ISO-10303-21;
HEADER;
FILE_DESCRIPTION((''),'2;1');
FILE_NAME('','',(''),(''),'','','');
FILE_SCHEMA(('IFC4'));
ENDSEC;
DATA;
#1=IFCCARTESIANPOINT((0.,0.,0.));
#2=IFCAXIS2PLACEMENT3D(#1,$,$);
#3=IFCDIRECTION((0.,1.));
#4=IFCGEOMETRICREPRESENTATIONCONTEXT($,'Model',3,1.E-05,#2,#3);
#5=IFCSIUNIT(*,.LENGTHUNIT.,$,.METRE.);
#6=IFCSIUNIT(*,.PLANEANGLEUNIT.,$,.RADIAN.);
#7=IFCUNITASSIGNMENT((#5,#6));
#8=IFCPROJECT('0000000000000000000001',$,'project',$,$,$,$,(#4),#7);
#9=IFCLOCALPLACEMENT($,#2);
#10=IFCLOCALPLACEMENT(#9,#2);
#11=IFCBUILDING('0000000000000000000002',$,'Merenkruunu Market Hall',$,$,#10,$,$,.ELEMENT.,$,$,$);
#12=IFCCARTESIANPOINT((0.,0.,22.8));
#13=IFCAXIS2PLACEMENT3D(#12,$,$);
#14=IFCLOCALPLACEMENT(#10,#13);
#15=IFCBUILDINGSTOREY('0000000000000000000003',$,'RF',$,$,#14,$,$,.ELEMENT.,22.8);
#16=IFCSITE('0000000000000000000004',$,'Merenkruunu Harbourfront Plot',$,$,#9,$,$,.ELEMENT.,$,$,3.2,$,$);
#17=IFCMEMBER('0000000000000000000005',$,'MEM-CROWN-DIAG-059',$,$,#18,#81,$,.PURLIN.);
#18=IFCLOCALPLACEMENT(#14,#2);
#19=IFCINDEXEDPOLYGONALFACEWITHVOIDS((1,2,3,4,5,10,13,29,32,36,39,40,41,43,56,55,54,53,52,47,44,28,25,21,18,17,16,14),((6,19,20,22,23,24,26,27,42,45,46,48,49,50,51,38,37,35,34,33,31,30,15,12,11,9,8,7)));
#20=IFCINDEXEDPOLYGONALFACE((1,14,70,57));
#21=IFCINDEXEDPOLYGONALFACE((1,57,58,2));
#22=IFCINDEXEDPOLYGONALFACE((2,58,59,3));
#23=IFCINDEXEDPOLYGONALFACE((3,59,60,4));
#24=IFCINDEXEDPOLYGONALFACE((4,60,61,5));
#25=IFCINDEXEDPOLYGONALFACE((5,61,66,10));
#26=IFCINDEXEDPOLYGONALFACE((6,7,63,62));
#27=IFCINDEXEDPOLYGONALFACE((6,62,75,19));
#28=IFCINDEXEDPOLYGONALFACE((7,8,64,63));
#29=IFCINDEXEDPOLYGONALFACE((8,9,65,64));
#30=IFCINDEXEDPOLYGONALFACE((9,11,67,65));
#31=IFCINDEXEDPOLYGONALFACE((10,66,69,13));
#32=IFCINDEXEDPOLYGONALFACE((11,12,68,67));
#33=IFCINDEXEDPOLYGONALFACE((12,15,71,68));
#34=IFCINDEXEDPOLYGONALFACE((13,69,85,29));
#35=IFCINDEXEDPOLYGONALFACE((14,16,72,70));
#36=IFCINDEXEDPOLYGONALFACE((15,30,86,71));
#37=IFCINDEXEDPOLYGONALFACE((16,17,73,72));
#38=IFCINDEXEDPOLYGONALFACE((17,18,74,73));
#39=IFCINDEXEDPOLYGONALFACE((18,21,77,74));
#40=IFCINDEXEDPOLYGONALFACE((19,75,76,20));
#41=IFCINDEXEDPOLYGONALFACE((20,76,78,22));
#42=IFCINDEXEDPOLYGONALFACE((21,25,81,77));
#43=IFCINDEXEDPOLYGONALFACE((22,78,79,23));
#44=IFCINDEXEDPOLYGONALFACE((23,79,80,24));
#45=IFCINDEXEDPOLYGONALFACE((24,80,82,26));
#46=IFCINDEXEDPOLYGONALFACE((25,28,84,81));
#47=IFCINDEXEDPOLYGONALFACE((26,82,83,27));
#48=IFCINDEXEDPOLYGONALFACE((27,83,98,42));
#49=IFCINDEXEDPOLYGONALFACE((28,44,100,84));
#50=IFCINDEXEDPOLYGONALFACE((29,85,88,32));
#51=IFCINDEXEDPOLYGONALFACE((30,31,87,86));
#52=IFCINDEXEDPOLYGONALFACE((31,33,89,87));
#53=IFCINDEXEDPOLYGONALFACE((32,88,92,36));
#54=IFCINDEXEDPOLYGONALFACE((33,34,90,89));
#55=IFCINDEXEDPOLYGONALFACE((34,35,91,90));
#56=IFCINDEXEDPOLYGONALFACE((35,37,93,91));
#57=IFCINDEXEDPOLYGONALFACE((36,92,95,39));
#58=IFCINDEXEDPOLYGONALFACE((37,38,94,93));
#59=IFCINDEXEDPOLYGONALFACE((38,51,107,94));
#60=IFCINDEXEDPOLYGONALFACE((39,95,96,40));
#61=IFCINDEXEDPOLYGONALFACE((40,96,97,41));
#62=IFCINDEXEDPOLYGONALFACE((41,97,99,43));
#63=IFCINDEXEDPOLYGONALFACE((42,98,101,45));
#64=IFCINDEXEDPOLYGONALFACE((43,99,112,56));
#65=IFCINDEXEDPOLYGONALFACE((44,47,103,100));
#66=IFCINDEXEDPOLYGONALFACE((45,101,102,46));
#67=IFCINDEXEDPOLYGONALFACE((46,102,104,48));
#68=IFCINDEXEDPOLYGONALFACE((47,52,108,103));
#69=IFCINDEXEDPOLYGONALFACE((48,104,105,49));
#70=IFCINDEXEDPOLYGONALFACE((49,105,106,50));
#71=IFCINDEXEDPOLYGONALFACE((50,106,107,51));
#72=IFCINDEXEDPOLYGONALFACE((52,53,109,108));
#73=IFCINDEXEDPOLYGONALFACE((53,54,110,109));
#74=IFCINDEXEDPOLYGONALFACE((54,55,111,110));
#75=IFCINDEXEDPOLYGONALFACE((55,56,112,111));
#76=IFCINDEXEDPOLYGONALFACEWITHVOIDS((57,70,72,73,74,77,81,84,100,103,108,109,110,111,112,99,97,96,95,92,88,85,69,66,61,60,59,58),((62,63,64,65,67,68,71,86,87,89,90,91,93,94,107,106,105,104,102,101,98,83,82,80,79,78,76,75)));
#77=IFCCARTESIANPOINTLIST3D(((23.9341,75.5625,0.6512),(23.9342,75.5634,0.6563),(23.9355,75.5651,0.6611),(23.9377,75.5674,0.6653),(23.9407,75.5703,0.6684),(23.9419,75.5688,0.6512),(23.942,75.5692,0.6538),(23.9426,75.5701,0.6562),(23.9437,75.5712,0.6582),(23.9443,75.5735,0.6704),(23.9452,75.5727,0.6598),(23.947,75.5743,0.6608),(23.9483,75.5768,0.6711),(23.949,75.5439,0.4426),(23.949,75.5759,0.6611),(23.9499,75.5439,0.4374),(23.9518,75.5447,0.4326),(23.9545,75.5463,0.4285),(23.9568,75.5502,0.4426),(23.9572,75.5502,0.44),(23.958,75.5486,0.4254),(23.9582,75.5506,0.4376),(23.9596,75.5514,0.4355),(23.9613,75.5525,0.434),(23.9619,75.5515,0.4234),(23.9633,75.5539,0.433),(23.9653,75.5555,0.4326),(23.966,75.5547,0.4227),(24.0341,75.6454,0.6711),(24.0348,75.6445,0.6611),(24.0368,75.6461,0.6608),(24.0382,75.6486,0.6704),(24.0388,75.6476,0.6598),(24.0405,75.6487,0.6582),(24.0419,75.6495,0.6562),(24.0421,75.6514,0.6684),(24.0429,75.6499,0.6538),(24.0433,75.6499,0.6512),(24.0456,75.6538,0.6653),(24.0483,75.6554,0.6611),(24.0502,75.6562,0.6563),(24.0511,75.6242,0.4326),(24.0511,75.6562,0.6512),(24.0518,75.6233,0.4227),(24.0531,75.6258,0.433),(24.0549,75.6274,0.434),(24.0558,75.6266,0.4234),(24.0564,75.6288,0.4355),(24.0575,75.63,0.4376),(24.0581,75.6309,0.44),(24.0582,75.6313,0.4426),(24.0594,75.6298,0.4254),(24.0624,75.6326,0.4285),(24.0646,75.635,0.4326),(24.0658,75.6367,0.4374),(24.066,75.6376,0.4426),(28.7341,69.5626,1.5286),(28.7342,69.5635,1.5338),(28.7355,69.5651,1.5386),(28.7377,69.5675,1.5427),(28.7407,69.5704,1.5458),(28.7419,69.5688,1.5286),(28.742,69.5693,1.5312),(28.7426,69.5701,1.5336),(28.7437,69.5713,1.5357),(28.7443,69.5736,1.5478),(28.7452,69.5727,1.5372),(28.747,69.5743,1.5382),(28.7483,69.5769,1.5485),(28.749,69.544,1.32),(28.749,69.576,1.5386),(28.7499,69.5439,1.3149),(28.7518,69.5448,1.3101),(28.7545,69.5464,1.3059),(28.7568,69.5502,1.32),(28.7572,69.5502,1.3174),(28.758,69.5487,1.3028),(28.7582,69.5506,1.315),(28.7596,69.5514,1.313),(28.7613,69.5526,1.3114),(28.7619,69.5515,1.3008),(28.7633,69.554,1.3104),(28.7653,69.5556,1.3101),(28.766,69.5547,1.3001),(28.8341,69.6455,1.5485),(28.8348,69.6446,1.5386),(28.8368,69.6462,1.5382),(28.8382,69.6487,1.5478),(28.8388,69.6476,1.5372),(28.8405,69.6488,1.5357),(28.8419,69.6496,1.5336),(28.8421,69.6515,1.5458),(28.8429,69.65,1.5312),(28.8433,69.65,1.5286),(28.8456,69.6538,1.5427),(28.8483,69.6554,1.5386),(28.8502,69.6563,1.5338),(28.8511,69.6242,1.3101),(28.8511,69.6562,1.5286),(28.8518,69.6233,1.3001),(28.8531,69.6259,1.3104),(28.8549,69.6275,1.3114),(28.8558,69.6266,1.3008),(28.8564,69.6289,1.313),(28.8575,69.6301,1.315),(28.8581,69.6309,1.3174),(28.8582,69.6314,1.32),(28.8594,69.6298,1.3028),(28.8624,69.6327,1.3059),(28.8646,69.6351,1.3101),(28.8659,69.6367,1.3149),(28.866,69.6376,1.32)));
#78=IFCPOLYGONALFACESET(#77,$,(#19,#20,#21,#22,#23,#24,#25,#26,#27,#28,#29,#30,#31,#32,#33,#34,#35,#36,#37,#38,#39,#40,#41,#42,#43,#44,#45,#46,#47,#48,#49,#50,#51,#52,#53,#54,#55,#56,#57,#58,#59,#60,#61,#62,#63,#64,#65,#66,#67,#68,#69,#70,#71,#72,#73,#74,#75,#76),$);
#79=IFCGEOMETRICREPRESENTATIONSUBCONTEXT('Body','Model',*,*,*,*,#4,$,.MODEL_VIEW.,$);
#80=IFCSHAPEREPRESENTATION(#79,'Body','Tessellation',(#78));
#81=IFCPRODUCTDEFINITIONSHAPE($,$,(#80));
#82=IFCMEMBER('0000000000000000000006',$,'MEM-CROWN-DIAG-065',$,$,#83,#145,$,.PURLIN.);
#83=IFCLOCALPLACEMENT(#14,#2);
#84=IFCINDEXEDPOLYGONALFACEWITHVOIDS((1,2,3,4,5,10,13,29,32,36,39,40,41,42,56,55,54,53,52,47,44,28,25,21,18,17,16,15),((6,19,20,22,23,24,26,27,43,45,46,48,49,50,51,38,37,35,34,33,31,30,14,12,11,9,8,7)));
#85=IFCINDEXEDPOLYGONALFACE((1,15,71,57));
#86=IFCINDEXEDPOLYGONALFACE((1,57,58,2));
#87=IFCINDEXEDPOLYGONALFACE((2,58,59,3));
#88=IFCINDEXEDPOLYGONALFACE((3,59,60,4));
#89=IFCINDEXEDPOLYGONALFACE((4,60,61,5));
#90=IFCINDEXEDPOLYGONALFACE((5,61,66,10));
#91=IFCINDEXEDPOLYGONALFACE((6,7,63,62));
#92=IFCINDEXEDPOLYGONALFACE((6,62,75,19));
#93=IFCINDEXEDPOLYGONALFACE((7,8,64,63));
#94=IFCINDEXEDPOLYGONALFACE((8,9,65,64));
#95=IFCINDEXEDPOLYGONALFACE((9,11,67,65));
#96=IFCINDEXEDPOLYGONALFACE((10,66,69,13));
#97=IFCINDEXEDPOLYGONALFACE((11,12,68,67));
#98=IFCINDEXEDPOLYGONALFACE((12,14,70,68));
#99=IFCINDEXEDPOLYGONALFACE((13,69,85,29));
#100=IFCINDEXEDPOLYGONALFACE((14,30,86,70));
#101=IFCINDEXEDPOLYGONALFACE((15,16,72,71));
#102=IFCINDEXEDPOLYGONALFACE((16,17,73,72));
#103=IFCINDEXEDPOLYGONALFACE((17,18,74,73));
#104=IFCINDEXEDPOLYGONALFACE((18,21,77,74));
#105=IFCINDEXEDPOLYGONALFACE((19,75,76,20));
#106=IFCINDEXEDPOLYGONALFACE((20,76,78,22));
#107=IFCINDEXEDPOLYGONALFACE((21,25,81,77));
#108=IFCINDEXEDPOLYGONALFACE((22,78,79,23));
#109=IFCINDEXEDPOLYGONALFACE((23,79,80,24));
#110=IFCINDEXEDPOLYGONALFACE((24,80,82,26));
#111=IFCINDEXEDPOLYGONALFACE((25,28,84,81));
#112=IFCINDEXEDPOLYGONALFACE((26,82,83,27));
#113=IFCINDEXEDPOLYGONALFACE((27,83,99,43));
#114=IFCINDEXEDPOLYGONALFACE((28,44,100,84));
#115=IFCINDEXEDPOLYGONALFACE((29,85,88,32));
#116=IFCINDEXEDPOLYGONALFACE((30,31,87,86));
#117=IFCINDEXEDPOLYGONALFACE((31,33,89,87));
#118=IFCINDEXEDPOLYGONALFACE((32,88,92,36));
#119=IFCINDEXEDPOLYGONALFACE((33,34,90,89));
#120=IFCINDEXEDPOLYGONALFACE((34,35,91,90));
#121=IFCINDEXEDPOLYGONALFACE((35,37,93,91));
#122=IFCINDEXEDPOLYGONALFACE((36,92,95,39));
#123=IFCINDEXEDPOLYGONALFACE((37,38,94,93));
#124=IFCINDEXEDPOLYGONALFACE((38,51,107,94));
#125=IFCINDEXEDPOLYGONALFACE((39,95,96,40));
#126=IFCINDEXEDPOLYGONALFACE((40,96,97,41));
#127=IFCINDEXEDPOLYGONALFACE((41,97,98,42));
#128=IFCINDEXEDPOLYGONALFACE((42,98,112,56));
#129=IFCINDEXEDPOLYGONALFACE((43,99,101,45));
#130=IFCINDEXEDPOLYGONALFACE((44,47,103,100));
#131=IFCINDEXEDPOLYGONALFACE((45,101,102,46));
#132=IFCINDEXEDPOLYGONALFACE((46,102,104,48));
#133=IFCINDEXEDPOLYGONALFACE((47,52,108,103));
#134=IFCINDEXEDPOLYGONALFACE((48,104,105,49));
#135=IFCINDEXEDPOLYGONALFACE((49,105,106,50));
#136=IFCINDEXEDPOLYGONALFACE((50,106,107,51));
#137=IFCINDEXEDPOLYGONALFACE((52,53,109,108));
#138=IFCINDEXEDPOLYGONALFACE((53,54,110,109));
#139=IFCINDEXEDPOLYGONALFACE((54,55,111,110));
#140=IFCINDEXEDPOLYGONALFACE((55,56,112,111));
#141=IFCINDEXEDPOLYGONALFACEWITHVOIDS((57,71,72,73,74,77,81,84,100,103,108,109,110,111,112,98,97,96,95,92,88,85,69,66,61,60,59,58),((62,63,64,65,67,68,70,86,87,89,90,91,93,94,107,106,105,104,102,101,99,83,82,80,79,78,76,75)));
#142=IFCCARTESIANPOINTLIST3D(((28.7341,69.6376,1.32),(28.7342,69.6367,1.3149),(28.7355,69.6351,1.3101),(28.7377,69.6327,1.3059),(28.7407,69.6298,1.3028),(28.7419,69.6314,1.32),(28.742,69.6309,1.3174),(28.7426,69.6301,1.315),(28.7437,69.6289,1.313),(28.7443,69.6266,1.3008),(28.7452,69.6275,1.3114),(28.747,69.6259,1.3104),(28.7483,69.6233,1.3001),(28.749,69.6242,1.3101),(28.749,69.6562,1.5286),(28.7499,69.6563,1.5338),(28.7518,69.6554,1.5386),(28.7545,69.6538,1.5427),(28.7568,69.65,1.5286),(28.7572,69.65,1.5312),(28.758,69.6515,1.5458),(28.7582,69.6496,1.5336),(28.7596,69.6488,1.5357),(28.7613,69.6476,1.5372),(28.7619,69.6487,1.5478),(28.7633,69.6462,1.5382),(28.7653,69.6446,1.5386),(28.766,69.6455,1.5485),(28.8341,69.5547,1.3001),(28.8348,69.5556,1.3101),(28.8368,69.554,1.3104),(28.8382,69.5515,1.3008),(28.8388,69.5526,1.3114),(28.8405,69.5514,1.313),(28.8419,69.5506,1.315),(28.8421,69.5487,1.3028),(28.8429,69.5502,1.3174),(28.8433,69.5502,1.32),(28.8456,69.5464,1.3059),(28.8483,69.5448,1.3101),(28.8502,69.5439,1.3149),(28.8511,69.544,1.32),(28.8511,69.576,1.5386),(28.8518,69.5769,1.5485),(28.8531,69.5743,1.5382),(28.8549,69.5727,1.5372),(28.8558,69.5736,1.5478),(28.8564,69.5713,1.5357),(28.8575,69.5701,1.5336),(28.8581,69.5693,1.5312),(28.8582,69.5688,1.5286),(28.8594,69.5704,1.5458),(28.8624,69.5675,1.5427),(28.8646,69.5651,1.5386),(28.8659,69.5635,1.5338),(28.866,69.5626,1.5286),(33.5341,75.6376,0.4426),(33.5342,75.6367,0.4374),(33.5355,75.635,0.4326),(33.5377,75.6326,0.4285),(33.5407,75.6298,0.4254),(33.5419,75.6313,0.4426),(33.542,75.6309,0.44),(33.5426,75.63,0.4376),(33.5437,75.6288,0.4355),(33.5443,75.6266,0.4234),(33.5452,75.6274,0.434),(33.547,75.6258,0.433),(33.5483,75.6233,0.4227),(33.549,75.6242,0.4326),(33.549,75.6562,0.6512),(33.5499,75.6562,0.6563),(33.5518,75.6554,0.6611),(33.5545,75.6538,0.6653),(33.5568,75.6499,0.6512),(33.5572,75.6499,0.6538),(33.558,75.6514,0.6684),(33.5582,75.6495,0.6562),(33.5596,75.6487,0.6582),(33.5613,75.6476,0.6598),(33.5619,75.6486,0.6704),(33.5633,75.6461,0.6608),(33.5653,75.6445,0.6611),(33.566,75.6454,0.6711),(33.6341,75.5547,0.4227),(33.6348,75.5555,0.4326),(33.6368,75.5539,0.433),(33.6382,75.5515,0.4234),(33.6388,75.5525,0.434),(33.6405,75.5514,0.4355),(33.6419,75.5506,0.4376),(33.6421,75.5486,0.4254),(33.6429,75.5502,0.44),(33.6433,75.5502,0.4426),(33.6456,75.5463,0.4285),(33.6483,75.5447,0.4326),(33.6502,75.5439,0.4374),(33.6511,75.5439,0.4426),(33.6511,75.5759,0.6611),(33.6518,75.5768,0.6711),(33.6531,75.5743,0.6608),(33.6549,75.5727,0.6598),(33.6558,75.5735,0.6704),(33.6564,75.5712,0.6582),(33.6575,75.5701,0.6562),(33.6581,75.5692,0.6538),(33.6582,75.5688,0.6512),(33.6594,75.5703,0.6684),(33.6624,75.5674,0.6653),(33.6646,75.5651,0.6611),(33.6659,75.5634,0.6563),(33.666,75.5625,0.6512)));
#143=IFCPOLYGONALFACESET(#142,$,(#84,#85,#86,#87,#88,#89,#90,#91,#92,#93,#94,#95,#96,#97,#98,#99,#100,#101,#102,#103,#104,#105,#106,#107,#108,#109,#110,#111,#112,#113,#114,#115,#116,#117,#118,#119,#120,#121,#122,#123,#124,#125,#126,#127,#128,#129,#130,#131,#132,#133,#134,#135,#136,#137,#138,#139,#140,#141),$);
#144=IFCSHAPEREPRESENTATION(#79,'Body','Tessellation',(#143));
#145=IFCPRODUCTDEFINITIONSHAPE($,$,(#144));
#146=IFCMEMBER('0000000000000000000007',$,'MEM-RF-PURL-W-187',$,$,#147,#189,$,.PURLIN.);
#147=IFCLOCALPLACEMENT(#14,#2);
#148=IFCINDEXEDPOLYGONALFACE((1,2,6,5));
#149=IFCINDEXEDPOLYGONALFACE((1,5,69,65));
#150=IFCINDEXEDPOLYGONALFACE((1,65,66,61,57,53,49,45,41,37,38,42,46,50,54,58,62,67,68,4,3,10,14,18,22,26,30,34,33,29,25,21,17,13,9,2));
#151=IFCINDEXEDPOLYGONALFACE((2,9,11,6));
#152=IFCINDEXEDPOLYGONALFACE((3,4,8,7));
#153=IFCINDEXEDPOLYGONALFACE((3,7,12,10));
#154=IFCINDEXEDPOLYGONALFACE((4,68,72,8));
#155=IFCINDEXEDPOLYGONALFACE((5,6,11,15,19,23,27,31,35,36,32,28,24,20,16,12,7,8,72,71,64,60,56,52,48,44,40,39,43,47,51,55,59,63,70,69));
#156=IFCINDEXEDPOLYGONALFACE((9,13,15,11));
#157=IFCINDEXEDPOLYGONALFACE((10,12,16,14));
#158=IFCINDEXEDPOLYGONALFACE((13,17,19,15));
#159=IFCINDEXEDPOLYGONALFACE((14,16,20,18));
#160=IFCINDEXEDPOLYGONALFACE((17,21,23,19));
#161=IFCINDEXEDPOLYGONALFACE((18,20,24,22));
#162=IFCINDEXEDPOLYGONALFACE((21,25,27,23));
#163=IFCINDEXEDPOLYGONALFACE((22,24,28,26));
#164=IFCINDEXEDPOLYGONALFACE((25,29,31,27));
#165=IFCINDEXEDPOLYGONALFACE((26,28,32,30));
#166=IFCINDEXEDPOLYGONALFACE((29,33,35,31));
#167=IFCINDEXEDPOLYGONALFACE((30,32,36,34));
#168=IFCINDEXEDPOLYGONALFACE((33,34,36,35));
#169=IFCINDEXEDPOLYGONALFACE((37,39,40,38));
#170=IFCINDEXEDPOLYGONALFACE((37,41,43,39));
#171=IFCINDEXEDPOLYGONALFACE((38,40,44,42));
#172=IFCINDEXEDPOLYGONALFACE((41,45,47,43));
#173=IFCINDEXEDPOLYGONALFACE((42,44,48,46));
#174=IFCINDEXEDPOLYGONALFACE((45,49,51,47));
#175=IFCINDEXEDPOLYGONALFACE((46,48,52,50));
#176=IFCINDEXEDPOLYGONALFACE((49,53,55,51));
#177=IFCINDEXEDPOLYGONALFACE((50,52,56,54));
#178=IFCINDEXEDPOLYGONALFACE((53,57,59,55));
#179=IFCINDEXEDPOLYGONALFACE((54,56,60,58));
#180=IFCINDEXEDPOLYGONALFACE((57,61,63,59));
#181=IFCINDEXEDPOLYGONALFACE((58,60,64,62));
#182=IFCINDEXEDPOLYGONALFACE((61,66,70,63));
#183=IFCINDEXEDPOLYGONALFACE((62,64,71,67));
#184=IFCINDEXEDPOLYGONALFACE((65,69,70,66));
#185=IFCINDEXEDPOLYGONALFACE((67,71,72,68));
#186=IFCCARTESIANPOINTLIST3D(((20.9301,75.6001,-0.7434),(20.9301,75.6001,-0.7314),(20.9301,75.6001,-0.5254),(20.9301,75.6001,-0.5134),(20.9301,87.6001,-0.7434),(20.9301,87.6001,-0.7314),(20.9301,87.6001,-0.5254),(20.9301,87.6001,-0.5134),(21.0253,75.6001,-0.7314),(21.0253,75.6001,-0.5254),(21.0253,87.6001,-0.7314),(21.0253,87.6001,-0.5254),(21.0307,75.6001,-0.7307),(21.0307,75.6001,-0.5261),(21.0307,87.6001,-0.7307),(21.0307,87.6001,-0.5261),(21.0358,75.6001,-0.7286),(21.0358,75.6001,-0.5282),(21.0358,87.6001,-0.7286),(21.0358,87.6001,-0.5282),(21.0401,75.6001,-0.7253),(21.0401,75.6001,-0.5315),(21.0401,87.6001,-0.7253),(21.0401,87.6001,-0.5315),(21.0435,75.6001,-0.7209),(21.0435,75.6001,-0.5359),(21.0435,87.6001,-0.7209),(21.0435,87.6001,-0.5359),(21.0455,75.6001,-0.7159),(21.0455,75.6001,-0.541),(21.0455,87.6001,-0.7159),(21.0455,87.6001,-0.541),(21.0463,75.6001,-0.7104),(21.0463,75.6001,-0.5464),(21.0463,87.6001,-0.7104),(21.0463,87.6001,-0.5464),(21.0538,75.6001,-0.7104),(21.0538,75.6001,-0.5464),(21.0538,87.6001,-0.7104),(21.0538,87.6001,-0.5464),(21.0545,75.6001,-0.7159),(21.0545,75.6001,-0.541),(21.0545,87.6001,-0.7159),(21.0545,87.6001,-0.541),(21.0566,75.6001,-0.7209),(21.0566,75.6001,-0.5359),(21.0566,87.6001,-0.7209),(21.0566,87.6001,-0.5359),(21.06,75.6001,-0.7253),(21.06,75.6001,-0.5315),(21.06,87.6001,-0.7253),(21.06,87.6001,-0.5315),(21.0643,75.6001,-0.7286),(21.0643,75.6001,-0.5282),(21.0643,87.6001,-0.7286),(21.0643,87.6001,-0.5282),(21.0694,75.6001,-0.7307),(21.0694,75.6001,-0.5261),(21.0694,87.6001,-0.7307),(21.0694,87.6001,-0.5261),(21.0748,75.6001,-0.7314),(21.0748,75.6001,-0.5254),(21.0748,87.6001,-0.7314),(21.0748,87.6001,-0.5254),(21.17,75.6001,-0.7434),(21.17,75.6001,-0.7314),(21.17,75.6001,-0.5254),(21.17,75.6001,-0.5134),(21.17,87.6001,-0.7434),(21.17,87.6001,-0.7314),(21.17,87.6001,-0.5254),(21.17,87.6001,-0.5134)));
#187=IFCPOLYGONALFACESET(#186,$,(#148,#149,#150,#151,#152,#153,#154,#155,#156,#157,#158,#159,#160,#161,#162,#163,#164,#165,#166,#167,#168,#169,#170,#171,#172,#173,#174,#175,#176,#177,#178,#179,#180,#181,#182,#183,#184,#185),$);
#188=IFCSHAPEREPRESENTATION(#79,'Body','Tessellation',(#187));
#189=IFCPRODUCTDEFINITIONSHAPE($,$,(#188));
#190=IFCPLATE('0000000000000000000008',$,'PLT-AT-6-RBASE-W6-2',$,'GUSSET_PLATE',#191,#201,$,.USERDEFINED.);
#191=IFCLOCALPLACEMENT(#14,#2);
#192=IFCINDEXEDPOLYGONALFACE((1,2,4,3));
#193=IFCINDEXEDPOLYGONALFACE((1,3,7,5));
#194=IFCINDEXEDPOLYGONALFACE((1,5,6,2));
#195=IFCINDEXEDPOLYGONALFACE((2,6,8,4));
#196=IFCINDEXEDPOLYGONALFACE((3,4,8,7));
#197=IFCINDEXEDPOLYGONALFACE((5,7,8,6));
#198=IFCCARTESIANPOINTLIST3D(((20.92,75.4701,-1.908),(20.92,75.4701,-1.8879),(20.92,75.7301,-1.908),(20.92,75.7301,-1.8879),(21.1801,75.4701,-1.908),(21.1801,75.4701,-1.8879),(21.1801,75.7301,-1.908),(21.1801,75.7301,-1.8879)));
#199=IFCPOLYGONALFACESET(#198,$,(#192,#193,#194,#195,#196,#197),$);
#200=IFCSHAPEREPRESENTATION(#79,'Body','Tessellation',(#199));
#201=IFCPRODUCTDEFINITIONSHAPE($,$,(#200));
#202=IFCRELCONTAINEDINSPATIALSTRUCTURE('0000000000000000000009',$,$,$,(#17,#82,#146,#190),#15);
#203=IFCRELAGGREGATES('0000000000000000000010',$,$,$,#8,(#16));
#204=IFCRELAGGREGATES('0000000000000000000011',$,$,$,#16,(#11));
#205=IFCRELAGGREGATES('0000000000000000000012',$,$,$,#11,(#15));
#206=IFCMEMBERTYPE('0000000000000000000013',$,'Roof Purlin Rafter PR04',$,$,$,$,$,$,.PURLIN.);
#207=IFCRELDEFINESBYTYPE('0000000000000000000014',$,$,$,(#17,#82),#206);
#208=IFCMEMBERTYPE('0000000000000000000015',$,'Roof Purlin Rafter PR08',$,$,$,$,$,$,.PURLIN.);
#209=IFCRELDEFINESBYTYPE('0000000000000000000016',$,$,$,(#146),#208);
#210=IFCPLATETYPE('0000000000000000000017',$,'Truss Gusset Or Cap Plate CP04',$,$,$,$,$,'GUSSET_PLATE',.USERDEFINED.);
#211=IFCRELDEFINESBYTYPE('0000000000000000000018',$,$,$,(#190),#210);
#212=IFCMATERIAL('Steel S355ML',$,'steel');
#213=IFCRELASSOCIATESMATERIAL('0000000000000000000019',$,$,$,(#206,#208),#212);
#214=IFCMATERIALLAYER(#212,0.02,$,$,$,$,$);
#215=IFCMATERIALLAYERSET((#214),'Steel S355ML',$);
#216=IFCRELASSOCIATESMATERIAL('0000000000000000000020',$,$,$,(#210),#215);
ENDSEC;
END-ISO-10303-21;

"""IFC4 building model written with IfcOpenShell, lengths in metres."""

from ifc_helpers import new_model, si_unit, direction, frame, origin, origin_2d, place, context, subcontext, project, spatial, rectangle, hollow_rectangle, i_section, extrude, material, layer, layer_set, material_profile, profile_set, type_object, element, save


model = new_model("IFC4")

# Units and contexts
model_context = context("Model", 3, precision=1e-05, world=origin(), true_north=direction((0.0, 1.0)))
body_context = subcontext(model_context, "Body", "Model", "MODEL_VIEW")
ifc_project = project(units=[si_unit("LENGTHUNIT", "METRE"), si_unit("PLANEANGLEUNIT", "RADIAN")], contexts=[model_context])

# Site, building, storey
site_placement = place(None, origin())
site = spatial("IfcSite", under=ifc_project, at=site_placement, Name="Merenkruunu Harbourfront Plot", CompositionType="ELEMENT", RefElevation=3.2)
building_placement = place(site_placement, origin())
building = spatial("IfcBuilding", under=site, at=building_placement, Name="Merenkruunu Market Hall", CompositionType="ELEMENT")
storey_placement = place(building_placement, frame((0.0, 0.0, 22.8)))
storey = spatial("IfcBuildingStorey", under=building, at=storey_placement, Name="RF", CompositionType="ELEMENT", Elevation=22.8)

# Members
ifc_material_1 = material(Name="Steel S355ML", Category="steel")
ifc_material_profile_1 = material_profile(ifc_material_1, hollow_rectangle(XDim=0.1499, YDim=0.25, WallThickness=0.01, InnerFilletRadius=0.01, OuterFilletRadius=0.02, at=origin_2d()), Name="RHS 250x150x10")
ifc_profile_set_1 = profile_set([ifc_material_profile_1], Name="Steel S355ML")
member_type_1 = type_object("IfcMemberType", Name="Roof Purlin Rafter PR04", PredefinedType="PURLIN", material=ifc_profile_set_1)
for number, where, z_axis, x_axis, name in (
    (1, (28.8, 69.6001, 1.4243), (-0.620665, 0.775824, -0.113457), (-0.780866, -0.624699, 0.0), "MEM-CROWN-DIAG-059"),
    (2, (28.8, 69.6001, 1.4243), (0.620665, 0.775824, -0.113457), (-0.780866, 0.624699, 0.0), "MEM-CROWN-DIAG-065"),
):
    element("IfcMember", number, at=place(storey_placement, frame(where, z_axis=z_axis, x_axis=x_axis)), inside=storey, type_object=member_type_1, Name=name, PredefinedType="PURLIN", context=body_context, shape_type="SweptSolid", body=[
        extrude(hollow_rectangle(XDim=0.1499, YDim=0.25, WallThickness=0.01, InnerFilletRadius=0.01, OuterFilletRadius=0.02, at=origin_2d()), origin(), (0.0, 0.0, 1.0), 7.7336),
    ])
ifc_material_profile_2 = material_profile(ifc_material_1, i_section(OverallWidth=0.24, OverallDepth=0.23, WebThickness=0.0076, FlangeThickness=0.012, FilletRadius=0.021, at=origin_2d()), Name="HEA 240")
ifc_profile_set_2 = profile_set([ifc_material_profile_2], Name="Steel S355ML")
member_type_2 = type_object("IfcMemberType", Name="Roof Purlin Rafter PR08", PredefinedType="PURLIN", material=ifc_profile_set_2)
member_1_placement = place(storey_placement, frame((21.05, 75.6001, -0.6284), z_axis=(0.0, 1.0, 0.0), x_axis=(-1.0, 0.0, 0.0)))
element("IfcMember", 3, at=member_1_placement, inside=storey, type_object=member_type_2, Name="MEM-RF-PURL-W-187", PredefinedType="PURLIN", context=body_context, shape_type="SweptSolid", body=[
    extrude(i_section(OverallWidth=0.24, OverallDepth=0.23, WebThickness=0.0076, FlangeThickness=0.012, FilletRadius=0.021, at=origin_2d()), origin(), (0.0, 0.0, 1.0), 12.0),
])

# Plate
ifc_layer_1 = layer(ifc_material_1, 0.02)
ifc_layer_set_1 = layer_set([ifc_layer_1], Name="Steel S355ML")
plate_type = type_object("IfcPlateType", Name="Truss Gusset Or Cap Plate CP04", ElementType="GUSSET_PLATE", PredefinedType="USERDEFINED", material=ifc_layer_set_1)
for number, where, z_axis, x_axis, name in (
    (4, (21.05, 75.6001, -1.908), (0.0, 0.0, 1.0), (1.0, 0.0, 0.0), "PLT-AT-6-RBASE-W6-2"),
):
    element("IfcPlate", number, at=place(storey_placement, frame(where, z_axis=z_axis, x_axis=x_axis)), inside=storey, type_object=plate_type, Name=name, ObjectType="GUSSET_PLATE", PredefinedType="USERDEFINED", context=body_context, shape_type="SweptSolid", body=[
        extrude(rectangle(XDim=0.26, YDim=0.26, at=origin_2d()), origin(), (0.0, 0.0, 1.0), 0.02),
    ])

save(model, "model.ifc")
